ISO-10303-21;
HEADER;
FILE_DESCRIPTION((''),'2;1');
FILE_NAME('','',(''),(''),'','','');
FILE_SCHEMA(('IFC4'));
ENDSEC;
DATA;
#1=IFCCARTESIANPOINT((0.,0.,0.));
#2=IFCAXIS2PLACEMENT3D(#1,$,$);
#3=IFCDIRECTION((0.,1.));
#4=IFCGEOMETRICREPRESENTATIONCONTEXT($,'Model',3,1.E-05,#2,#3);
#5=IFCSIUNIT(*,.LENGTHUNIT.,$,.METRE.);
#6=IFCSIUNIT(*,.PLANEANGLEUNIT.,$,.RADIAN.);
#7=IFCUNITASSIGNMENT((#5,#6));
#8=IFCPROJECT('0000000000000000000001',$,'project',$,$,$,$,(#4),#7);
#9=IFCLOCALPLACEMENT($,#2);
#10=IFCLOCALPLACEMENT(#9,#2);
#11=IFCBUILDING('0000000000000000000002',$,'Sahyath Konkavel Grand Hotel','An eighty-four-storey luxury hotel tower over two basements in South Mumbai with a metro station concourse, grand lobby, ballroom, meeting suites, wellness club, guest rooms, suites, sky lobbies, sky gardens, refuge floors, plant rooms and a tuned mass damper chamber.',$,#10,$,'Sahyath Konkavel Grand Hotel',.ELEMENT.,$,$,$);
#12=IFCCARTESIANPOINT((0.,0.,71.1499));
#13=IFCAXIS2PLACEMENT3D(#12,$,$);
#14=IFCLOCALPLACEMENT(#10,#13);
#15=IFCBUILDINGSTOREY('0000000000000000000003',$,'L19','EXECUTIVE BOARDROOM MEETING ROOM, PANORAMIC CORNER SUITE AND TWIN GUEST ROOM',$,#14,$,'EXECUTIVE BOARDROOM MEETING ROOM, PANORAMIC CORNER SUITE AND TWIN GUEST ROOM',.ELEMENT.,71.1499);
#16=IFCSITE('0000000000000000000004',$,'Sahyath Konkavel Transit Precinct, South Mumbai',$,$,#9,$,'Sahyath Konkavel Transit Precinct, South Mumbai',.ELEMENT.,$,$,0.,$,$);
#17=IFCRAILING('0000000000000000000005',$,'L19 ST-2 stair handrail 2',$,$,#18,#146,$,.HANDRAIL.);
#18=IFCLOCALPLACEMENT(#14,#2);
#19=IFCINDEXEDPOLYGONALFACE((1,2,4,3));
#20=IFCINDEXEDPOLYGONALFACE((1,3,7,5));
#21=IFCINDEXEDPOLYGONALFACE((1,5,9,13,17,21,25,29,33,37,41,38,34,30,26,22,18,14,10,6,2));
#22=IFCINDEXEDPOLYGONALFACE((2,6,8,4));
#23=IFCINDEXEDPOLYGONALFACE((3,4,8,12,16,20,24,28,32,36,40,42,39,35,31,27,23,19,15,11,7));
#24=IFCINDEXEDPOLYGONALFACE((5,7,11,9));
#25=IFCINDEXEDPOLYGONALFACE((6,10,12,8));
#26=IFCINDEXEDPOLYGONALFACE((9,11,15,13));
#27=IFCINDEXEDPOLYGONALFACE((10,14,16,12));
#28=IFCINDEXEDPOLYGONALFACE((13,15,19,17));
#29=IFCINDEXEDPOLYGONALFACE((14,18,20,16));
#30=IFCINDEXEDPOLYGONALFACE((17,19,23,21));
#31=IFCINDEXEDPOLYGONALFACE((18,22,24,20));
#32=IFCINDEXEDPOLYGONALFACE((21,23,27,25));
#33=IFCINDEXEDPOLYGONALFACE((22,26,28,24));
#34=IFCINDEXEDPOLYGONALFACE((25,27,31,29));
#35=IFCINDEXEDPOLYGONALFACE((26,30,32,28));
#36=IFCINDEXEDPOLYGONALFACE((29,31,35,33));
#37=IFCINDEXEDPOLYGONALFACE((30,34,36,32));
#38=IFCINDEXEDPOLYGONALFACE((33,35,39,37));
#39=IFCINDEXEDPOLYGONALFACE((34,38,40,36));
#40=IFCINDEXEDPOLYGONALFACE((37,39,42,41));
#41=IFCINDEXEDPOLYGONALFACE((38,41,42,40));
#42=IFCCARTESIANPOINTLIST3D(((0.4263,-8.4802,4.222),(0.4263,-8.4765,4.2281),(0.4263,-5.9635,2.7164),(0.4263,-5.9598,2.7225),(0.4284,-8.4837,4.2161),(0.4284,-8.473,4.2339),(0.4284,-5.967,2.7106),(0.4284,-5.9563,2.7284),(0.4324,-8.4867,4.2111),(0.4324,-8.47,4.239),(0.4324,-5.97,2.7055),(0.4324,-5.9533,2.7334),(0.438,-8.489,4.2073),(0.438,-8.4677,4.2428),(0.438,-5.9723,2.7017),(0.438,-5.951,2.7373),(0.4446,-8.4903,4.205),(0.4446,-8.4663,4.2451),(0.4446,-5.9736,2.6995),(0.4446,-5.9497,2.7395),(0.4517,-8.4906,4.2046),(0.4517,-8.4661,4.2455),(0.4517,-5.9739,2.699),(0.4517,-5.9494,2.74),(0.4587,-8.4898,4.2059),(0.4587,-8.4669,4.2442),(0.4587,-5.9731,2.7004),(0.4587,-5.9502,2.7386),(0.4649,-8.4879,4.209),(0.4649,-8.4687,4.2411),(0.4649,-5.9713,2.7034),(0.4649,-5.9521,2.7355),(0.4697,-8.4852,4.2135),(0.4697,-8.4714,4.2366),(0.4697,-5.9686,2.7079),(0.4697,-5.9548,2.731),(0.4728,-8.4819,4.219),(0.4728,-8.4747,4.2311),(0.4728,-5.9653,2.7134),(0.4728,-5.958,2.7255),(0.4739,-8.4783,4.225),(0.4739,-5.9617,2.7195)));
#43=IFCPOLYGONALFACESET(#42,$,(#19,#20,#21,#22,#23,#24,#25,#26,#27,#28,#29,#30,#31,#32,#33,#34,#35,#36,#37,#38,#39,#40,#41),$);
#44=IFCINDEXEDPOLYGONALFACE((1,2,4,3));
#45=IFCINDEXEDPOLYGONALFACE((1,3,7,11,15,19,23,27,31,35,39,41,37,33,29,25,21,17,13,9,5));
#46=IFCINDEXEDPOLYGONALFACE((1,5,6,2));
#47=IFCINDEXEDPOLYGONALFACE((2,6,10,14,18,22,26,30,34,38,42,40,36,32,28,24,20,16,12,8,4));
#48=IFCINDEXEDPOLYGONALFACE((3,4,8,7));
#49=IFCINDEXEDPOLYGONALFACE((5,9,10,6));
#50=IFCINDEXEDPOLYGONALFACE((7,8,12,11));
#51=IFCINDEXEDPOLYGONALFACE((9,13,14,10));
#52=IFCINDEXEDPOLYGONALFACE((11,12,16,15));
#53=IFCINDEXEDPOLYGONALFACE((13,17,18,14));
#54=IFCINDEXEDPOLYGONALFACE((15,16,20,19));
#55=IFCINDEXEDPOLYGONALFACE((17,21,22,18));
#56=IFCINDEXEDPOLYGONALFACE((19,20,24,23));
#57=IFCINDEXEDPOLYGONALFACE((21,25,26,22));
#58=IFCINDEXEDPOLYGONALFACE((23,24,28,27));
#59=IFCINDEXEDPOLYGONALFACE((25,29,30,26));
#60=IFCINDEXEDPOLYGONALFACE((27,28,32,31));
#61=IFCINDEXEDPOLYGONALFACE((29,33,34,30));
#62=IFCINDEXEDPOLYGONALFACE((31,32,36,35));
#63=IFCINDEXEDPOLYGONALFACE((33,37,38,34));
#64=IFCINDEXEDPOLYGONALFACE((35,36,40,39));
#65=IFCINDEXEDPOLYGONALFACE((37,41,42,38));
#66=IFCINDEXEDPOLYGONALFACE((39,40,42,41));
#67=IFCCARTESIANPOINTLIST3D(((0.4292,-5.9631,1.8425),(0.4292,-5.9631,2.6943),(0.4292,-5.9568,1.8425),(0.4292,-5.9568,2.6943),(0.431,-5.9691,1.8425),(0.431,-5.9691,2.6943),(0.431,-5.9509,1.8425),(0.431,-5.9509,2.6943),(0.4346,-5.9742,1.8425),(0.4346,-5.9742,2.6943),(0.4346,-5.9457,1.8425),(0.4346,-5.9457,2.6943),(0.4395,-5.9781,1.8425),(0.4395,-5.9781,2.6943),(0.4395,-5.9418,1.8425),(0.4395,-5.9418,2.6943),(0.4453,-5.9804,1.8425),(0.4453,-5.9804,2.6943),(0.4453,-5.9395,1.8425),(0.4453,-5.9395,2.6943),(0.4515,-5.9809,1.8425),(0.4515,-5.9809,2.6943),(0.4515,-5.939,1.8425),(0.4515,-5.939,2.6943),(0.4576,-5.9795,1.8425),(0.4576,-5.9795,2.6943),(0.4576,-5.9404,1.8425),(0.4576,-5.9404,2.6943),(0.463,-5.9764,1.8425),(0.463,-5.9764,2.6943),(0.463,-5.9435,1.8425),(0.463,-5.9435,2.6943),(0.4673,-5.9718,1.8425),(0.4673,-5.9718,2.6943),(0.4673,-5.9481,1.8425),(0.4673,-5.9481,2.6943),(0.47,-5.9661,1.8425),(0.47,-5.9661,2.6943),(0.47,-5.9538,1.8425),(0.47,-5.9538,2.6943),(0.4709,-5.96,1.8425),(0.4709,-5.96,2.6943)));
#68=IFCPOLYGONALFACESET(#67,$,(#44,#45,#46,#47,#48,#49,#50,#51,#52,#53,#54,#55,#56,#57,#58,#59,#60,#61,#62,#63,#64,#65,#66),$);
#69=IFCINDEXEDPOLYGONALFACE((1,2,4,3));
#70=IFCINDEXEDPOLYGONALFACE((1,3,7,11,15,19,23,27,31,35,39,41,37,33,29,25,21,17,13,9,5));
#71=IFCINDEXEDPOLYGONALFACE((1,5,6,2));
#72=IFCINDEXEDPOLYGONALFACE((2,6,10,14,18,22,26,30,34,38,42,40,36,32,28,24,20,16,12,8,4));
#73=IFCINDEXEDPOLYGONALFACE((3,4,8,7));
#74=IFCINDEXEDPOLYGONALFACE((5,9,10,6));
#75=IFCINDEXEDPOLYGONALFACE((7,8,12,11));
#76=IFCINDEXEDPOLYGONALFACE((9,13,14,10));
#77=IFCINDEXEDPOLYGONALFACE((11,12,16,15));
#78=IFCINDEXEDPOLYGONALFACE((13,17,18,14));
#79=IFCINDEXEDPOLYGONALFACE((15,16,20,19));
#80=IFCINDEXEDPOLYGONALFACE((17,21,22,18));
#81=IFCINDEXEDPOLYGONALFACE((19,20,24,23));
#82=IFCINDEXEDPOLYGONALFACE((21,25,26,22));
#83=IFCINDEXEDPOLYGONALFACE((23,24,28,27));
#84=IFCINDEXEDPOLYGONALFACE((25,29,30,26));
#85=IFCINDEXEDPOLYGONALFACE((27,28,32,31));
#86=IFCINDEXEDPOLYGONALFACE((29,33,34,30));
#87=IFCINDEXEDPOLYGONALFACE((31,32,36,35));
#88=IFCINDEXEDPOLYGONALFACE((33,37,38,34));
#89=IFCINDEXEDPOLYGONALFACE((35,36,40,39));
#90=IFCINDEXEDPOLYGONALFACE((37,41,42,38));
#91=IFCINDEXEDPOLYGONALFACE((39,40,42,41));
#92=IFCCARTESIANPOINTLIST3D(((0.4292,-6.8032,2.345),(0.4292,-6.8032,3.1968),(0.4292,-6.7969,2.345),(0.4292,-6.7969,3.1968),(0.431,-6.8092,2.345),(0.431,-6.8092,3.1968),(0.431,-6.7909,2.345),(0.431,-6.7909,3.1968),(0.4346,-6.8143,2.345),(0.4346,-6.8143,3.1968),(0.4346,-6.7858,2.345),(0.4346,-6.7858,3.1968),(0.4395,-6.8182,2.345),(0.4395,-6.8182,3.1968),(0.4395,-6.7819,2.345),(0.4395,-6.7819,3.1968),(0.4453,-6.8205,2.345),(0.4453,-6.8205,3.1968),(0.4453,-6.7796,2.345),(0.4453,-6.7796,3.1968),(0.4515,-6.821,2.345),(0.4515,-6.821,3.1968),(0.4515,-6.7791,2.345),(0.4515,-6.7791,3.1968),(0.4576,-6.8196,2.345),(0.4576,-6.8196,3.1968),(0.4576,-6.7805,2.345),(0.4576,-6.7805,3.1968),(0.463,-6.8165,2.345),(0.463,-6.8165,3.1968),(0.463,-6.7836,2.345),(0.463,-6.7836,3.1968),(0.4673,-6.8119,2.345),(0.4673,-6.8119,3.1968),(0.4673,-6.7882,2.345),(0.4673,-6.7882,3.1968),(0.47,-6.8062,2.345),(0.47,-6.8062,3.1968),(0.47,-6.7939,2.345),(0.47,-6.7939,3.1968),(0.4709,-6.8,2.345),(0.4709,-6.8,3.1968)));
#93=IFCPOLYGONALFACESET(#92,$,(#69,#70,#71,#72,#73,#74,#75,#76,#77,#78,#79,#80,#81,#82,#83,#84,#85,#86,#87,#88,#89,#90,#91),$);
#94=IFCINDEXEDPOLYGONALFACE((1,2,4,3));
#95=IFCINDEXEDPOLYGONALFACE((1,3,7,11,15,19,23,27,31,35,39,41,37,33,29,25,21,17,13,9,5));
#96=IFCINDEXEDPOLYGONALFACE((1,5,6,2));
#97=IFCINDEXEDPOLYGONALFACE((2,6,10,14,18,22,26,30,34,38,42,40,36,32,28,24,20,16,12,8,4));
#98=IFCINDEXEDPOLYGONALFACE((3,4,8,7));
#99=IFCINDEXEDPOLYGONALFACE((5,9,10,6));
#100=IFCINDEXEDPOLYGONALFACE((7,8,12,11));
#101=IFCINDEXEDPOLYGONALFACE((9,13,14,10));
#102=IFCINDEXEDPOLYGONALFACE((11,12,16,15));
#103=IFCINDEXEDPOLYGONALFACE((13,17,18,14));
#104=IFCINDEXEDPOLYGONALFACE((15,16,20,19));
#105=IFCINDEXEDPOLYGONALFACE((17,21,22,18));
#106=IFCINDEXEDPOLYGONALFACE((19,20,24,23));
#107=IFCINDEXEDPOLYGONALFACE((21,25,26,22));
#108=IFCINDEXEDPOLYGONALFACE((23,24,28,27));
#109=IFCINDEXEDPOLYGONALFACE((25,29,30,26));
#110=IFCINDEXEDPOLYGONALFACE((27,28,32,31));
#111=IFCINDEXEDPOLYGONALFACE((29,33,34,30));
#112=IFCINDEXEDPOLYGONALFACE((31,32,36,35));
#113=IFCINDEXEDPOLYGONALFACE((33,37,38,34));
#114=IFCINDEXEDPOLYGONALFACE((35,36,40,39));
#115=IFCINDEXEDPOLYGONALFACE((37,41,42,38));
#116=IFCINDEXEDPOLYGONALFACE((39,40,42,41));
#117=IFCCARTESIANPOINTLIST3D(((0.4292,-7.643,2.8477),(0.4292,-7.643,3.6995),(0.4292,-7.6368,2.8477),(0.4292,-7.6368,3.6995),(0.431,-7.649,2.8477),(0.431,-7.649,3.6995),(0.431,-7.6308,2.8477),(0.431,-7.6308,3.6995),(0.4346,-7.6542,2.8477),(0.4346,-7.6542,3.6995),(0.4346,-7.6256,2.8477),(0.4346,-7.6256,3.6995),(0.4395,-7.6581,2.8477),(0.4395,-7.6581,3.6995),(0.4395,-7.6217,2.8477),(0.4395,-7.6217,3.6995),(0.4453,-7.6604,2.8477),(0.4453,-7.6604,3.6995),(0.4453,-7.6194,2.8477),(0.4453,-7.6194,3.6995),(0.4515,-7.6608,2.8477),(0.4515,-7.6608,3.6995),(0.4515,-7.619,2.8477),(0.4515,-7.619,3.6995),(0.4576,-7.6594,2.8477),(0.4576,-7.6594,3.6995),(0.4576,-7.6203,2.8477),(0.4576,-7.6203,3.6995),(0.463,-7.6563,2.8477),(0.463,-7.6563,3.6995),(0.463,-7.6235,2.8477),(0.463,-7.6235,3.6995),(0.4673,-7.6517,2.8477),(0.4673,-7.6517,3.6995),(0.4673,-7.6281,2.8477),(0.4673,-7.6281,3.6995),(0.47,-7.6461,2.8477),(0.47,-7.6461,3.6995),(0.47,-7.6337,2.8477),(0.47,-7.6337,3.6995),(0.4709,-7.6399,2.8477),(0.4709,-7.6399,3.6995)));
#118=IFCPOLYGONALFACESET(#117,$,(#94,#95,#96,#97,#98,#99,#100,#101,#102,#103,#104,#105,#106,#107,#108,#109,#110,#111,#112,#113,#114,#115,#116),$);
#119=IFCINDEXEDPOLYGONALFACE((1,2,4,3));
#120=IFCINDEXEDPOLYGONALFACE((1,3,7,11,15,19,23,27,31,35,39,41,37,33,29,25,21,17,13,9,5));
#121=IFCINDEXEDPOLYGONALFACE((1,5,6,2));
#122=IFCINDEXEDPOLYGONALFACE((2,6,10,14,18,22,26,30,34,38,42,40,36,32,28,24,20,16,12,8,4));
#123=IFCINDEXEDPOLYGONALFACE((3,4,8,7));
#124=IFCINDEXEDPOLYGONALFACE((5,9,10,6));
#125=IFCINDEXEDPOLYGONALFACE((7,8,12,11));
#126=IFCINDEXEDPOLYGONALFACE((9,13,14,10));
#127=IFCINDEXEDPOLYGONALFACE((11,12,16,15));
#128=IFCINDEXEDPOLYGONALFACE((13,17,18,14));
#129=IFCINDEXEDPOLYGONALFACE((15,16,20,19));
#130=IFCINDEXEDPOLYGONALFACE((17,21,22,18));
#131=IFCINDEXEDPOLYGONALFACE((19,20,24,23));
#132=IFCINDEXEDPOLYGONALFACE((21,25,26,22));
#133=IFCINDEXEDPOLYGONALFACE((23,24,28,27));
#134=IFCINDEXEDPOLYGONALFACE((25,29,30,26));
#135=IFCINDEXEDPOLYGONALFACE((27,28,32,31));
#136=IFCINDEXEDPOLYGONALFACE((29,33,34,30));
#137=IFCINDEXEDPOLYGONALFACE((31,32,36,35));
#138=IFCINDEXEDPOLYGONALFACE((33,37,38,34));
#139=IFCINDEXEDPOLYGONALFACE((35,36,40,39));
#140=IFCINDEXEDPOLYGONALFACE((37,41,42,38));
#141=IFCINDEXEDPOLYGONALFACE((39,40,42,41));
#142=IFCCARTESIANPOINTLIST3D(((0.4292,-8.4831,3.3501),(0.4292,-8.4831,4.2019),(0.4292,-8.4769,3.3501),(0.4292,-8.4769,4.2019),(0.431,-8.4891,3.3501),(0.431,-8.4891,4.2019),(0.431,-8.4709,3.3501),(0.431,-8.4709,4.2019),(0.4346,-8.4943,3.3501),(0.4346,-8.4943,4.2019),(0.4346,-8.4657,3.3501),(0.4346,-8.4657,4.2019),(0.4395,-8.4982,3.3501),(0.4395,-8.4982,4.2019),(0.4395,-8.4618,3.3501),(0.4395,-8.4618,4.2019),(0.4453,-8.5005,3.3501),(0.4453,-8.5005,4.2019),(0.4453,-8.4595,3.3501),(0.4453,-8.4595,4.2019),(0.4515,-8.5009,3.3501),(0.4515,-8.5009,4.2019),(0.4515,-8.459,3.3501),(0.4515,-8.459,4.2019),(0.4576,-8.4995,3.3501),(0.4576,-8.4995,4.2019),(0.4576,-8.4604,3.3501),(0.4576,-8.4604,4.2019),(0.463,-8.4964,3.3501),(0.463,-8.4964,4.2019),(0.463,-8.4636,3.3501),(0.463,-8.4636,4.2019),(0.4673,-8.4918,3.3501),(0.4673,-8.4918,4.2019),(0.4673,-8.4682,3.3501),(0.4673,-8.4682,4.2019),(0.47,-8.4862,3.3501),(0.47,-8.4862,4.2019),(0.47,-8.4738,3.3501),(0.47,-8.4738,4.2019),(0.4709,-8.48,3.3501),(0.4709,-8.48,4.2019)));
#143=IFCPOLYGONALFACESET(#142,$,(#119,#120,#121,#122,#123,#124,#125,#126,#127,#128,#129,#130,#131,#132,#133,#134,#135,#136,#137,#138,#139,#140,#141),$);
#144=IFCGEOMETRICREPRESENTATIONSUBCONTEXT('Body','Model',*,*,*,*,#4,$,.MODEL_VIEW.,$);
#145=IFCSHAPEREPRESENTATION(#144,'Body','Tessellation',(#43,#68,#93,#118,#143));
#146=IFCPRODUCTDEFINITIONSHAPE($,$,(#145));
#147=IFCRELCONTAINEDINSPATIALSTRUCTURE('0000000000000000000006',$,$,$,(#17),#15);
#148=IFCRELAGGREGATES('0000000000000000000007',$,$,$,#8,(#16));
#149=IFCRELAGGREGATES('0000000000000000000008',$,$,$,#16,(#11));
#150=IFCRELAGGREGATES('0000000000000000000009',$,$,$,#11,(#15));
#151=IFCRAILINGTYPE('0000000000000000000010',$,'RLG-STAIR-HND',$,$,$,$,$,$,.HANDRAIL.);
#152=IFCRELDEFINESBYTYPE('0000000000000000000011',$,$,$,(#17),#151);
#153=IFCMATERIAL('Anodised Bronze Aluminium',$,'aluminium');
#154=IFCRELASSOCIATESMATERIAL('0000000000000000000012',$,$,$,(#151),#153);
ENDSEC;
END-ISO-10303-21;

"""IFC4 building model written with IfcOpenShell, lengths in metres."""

from ifc_helpers import new_model, si_unit, direction, frame, origin, origin_2d, place, context, subcontext, project, spatial, circle, extrude, material, type_object, element, save


model = new_model("IFC4")

# Units and contexts
model_context = context("Model", 3, precision=1e-05, world=origin(), true_north=direction((0.0, 1.0)))
body_context = subcontext(model_context, "Body", "Model", "MODEL_VIEW")
ifc_project = project(units=[si_unit("LENGTHUNIT", "METRE"), si_unit("PLANEANGLEUNIT", "RADIAN")], contexts=[model_context])

# Site, building, storey
site_placement = place(None, origin())
site = spatial("IfcSite", under=ifc_project, at=site_placement, Name="Sahyath Konkavel Transit Precinct, South Mumbai", LongName="Sahyath Konkavel Transit Precinct, South Mumbai", CompositionType="ELEMENT", RefElevation=0.0)
building_placement = place(site_placement, origin())
building = spatial("IfcBuilding", under=site, at=building_placement, Name="Sahyath Konkavel Grand Hotel", Description="An eighty-four-storey luxury hotel tower over two basements in South Mumbai with a metro station concourse, grand lobby, ballroom, meeting suites, wellness club, guest rooms, suites, sky lobbies, sky gardens, refuge floors, plant rooms and a tuned mass damper chamber.", LongName="Sahyath Konkavel Grand Hotel", CompositionType="ELEMENT")
storey_placement = place(building_placement, frame((0.0, 0.0, 71.1499)))
storey = spatial("IfcBuildingStorey", under=building, at=storey_placement, Name="L19", Description="EXECUTIVE BOARDROOM MEETING ROOM, PANORAMIC CORNER SUITE AND TWIN GUEST ROOM", LongName="EXECUTIVE BOARDROOM MEETING ROOM, PANORAMIC CORNER SUITE AND TWIN GUEST ROOM", CompositionType="ELEMENT", Elevation=71.1499)

# Railing
ifc_material_1 = material(Name="Anodised Bronze Aluminium", Category="aluminium")
railing_type_1 = type_object("IfcRailingType", Name="RLG-STAIR-HND", PredefinedType="HANDRAIL", material=ifc_material_1)
railing_1_placement = place(storey_placement, frame((0.45, -5.96, 1.8425)))
element("IfcRailing", 1, at=railing_1_placement, inside=storey, type_object=railing_type_1, Name="L19 ST-2 stair handrail 2", PredefinedType="HANDRAIL", context=body_context, shape_type="SweptSolid", body=[
    extrude(circle(Radius=0.0239, at=origin_2d()), frame((0.0, -0.0017, 0.877), z_axis=(0.0, -0.85816, 0.513383), x_axis=(1.0, 0.0, 0.0)), (0.0, 0.0, 1.0), 2.9326),
    extrude(circle(Radius=0.021, at=origin_2d()), origin(), (0.0, 0.0, 1.0), 0.8518),
    extrude(circle(Radius=0.021, at=origin_2d()), frame((0.0, -0.8401, 0.5024)), (0.0, 0.0, 1.0), 0.8518),
    extrude(circle(Radius=0.021, at=origin_2d()), frame((0.0, -1.6799, 1.0051)), (0.0, 0.0, 1.0), 0.8518),
    extrude(circle(Radius=0.021, at=origin_2d()), frame((0.0, -2.52, 1.5076)), (0.0, 0.0, 1.0), 0.8518),
])

save(model, "model.ifc")
